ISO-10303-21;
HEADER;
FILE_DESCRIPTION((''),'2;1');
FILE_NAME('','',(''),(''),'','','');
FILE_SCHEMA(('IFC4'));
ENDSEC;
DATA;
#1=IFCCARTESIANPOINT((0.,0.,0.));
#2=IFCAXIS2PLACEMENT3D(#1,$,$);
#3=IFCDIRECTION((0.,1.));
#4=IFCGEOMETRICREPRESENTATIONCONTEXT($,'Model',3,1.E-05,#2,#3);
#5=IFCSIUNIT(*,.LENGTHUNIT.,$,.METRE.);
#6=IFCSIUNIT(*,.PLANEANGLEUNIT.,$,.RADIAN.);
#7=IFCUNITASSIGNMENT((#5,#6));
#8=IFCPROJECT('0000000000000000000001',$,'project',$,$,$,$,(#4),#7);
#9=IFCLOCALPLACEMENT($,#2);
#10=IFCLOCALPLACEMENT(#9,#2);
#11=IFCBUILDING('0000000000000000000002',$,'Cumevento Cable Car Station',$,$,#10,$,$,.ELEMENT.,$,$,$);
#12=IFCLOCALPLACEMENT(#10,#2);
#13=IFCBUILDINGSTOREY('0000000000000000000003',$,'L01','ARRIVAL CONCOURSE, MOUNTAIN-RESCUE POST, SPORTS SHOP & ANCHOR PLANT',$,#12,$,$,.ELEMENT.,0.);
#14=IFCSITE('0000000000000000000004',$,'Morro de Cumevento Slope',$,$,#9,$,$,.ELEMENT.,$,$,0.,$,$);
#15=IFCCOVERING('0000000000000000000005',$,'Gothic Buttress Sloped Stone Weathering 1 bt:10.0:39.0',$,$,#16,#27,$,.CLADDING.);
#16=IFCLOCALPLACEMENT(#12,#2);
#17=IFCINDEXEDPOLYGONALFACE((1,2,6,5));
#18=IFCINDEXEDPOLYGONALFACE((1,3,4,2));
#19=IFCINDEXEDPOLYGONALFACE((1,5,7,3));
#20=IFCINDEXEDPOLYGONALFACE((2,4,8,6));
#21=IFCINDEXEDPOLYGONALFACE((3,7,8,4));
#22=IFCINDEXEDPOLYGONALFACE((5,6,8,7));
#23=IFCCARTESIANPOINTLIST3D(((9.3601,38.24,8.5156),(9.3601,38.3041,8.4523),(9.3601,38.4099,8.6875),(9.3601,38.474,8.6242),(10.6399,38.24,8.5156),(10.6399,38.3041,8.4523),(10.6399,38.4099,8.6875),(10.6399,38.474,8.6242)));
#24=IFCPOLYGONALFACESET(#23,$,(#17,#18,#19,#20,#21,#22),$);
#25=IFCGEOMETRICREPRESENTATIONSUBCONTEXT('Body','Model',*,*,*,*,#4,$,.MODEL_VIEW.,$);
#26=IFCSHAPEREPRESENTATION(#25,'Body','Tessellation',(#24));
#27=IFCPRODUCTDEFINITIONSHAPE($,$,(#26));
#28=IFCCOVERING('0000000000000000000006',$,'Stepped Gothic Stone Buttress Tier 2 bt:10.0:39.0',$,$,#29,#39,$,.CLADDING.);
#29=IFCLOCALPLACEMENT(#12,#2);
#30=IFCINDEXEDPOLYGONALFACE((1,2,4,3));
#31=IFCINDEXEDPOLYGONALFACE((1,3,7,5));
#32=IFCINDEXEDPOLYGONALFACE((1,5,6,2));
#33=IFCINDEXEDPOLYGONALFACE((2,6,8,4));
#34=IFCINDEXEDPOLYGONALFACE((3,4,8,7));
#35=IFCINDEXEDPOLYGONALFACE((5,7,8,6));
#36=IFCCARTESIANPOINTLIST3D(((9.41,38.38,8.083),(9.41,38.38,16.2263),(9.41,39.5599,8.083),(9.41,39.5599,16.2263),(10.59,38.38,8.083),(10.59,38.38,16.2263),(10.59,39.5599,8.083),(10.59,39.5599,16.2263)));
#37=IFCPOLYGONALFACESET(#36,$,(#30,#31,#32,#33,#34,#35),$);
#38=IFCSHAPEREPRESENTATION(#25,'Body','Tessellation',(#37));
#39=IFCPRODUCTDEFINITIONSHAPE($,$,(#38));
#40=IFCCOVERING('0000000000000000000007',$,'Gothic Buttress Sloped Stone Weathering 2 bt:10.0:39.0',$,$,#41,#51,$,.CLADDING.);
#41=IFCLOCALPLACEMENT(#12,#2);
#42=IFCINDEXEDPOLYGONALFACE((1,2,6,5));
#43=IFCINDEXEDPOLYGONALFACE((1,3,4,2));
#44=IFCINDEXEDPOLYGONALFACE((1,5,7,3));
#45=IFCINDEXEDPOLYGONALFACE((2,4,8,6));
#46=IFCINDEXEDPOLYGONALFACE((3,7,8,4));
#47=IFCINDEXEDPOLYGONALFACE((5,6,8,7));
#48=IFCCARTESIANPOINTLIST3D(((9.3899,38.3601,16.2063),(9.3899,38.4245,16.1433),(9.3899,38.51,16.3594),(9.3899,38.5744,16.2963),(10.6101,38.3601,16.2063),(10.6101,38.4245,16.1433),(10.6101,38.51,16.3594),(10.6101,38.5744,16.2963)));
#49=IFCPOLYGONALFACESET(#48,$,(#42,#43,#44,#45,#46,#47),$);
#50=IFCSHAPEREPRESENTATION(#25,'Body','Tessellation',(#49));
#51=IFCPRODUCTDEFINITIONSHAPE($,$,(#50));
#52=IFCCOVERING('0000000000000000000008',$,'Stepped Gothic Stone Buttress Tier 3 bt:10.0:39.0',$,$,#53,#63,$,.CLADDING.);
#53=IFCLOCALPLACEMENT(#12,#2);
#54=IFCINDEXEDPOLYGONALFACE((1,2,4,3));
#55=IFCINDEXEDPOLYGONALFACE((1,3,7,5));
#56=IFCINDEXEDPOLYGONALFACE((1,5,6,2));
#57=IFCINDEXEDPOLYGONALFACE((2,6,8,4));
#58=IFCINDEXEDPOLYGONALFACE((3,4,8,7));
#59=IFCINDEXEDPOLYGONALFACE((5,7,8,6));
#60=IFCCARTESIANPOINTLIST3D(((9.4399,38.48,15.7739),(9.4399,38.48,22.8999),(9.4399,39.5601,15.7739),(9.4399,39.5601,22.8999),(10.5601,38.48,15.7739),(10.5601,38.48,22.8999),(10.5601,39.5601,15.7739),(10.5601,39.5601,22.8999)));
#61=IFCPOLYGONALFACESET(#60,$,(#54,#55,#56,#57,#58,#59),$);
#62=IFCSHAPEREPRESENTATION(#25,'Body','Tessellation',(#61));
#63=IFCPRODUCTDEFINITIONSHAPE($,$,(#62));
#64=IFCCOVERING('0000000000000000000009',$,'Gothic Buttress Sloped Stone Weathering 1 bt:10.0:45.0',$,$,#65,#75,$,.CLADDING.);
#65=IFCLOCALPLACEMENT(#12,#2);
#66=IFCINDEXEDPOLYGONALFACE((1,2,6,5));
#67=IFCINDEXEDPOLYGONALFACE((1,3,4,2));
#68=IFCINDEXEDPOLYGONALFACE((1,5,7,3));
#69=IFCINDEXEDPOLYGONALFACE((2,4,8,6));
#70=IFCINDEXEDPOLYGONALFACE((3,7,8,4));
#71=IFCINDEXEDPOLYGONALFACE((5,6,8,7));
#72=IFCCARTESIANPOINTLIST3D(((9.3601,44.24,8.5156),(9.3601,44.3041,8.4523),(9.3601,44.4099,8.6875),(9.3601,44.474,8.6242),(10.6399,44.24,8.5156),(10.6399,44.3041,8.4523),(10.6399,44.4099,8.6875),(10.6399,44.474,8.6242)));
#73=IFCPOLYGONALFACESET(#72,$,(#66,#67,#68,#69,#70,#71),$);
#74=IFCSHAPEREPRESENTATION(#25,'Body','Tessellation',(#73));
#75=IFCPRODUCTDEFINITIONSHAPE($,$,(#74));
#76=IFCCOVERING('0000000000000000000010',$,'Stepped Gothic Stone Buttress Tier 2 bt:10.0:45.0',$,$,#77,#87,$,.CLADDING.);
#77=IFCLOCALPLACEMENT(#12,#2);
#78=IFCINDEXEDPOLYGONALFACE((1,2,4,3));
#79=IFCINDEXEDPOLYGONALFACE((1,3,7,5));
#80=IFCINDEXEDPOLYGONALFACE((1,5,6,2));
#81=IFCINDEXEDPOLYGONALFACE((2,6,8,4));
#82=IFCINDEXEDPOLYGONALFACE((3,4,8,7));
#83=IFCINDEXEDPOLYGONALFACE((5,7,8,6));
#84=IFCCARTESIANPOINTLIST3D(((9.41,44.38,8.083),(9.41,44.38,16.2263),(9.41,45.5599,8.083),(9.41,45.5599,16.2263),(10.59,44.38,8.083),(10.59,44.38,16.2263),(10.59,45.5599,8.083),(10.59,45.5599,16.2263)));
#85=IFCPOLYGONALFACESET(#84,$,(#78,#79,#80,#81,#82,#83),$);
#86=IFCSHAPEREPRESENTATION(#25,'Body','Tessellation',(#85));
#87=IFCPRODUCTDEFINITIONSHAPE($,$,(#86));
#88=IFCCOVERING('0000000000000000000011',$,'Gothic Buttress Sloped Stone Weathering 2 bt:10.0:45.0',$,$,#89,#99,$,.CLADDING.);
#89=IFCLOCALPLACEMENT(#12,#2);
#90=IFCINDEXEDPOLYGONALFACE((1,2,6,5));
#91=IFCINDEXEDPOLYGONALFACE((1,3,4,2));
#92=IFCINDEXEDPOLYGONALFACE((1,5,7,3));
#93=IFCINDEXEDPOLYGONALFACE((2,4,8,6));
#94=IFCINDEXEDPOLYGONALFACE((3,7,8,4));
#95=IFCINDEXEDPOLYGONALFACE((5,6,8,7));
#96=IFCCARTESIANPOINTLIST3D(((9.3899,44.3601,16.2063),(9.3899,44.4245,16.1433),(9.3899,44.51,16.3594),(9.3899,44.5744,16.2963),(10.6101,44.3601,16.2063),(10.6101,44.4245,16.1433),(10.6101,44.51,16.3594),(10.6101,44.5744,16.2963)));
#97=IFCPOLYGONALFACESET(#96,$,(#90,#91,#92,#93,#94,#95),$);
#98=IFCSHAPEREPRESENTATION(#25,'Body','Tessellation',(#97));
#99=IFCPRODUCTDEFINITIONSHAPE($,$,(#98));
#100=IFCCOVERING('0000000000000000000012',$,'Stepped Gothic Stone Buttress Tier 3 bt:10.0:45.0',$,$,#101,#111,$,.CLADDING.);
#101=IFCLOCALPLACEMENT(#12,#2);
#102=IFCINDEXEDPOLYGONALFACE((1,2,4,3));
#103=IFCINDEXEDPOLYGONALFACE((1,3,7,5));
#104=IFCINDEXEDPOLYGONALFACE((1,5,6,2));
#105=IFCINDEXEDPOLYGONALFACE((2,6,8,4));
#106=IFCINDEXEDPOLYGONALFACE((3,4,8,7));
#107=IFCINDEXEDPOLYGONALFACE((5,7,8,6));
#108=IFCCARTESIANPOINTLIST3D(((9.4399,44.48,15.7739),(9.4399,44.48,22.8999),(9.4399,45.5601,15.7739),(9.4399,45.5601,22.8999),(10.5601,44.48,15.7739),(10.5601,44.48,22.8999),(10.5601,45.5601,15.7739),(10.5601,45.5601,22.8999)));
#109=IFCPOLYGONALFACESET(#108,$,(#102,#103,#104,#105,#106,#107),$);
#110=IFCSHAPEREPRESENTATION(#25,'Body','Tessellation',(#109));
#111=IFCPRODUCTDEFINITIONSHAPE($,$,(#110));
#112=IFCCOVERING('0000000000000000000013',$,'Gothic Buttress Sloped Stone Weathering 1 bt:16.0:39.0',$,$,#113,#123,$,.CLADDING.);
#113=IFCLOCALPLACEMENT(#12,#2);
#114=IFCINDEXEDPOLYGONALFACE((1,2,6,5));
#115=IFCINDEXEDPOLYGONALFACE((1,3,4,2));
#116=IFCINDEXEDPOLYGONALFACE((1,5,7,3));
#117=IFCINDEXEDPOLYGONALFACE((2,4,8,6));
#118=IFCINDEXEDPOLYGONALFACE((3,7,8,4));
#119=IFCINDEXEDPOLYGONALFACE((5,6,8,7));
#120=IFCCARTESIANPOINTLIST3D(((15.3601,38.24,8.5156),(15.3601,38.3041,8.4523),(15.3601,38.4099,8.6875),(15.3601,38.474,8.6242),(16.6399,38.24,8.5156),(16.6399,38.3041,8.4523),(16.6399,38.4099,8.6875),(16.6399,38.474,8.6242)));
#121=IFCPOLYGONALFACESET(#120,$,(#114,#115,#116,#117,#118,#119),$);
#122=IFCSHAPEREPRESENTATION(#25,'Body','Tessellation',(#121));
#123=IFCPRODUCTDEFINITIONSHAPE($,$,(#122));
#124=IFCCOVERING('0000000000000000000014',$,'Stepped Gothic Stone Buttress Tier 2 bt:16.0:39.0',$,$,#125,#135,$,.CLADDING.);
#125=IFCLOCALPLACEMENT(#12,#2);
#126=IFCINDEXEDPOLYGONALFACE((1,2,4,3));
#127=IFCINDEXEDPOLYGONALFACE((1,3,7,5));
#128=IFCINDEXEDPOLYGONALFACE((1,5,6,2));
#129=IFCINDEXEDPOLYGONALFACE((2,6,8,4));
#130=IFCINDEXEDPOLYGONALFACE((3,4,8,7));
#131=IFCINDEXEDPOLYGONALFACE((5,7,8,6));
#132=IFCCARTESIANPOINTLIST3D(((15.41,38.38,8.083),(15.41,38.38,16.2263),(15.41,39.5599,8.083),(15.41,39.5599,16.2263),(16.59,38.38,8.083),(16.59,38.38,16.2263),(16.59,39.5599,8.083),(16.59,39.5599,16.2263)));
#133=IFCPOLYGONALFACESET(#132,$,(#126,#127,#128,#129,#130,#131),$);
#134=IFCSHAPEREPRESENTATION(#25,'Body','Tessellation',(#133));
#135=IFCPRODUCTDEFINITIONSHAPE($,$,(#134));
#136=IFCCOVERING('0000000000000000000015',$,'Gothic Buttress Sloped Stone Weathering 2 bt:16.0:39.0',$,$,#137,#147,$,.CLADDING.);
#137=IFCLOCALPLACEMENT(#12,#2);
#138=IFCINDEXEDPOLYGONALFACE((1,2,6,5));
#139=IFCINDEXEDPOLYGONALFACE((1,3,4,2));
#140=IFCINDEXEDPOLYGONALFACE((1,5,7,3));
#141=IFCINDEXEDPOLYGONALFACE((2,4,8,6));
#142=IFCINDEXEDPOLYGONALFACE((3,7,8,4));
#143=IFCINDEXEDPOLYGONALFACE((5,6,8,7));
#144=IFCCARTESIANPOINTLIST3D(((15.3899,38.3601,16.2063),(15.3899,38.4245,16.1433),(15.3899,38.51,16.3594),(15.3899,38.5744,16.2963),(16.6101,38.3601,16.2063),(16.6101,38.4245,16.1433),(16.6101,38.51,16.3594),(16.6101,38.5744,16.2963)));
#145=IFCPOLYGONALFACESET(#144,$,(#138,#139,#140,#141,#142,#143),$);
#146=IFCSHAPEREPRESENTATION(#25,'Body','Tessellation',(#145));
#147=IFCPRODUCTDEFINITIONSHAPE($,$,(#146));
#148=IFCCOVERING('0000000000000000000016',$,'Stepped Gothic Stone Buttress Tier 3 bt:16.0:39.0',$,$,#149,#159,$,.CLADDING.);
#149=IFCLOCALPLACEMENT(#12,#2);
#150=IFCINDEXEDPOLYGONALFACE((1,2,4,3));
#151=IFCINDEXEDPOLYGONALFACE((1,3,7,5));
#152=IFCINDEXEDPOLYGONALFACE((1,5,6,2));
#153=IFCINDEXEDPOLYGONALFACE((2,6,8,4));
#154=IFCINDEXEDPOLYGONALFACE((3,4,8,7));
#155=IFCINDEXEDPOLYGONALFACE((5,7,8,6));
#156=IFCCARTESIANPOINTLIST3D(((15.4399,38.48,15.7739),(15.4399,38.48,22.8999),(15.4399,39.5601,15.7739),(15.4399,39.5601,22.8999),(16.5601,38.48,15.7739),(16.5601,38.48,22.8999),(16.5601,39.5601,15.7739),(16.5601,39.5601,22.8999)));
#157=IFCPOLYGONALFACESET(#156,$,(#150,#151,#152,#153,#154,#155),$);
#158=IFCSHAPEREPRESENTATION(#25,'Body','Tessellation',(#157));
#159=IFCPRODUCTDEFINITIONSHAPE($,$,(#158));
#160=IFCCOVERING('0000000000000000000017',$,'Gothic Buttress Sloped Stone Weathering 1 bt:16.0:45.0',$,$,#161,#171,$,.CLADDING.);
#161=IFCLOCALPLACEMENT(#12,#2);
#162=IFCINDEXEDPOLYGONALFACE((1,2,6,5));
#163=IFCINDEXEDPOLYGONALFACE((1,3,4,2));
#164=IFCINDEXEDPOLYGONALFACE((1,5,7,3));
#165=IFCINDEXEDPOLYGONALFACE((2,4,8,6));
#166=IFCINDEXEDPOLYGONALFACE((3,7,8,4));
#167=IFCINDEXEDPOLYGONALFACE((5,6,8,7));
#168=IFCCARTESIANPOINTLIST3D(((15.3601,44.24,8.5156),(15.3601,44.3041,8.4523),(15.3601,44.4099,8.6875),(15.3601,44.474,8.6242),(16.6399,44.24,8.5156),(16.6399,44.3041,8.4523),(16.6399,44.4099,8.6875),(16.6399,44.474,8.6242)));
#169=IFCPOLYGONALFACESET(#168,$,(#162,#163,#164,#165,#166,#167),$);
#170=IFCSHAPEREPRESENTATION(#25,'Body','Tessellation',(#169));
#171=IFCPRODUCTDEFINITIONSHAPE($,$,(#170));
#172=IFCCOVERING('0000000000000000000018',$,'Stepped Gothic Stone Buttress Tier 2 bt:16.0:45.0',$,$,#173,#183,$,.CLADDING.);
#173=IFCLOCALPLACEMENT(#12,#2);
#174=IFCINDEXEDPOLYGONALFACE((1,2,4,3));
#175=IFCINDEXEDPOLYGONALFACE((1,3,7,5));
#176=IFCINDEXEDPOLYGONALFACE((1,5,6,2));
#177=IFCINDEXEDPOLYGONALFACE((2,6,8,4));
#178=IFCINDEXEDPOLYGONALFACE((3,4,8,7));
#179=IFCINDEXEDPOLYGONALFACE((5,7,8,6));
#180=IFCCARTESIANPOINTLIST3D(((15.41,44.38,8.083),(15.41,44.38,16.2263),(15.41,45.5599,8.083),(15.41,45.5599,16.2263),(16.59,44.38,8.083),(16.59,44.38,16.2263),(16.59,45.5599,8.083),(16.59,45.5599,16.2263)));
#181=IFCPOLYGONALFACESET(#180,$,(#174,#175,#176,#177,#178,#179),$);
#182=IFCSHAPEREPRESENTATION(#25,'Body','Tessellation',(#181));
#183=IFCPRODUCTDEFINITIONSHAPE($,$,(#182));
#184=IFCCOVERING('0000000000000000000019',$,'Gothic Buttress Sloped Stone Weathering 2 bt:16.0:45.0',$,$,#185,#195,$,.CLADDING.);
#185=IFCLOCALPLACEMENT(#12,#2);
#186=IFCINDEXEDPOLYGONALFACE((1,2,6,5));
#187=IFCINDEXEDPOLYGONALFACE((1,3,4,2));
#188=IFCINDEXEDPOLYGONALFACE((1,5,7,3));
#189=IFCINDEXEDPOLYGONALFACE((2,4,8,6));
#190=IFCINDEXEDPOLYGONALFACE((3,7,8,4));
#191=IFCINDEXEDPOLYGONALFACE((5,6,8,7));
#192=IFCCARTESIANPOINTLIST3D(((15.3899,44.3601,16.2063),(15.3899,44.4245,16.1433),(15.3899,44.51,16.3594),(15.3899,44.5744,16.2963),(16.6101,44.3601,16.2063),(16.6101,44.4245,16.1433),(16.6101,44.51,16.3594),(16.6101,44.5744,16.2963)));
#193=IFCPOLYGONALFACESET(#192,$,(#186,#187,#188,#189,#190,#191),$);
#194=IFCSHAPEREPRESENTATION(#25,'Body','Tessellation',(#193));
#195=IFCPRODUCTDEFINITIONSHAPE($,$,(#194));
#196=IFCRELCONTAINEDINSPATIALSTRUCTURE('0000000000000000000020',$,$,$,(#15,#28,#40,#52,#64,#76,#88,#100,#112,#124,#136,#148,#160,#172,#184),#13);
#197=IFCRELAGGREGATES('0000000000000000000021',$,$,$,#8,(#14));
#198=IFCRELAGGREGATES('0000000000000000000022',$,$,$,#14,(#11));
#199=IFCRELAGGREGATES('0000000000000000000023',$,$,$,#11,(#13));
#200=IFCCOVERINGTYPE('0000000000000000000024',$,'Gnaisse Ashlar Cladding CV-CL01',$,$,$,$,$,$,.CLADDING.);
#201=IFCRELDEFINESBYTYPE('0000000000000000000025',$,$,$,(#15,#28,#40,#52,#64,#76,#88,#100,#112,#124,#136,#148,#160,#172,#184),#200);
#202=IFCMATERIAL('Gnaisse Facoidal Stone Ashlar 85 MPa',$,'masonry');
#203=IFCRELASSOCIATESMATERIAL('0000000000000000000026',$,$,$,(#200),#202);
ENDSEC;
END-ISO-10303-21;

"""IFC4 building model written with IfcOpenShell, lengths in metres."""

from ifc_helpers import new_model, si_unit, direction, frame, origin, origin_2d, place, context, subcontext, project, spatial, polyline, rectangle, outline, extrude, material, type_object, element, save


model = new_model("IFC4")

# Units and contexts
model_context = context("Model", 3, precision=1e-05, world=origin(), true_north=direction((0.0, 1.0)))
body_context = subcontext(model_context, "Body", "Model", "MODEL_VIEW")
ifc_project = project(units=[si_unit("LENGTHUNIT", "METRE"), si_unit("PLANEANGLEUNIT", "RADIAN")], contexts=[model_context])

# Site, building, storey
site_placement = place(None, origin())
site = spatial("IfcSite", under=ifc_project, at=site_placement, Name="Morro de Cumevento Slope", CompositionType="ELEMENT", RefElevation=0.0)
building_placement = place(site_placement, origin())
building = spatial("IfcBuilding", under=site, at=building_placement, Name="Cumevento Cable Car Station", CompositionType="ELEMENT")
storey_placement = place(building_placement, origin())
storey = spatial("IfcBuildingStorey", under=building, at=storey_placement, Name="L01", Description="ARRIVAL CONCOURSE, MOUNTAIN-RESCUE POST, SPORTS SHOP & ANCHOR PLANT", CompositionType="ELEMENT", Elevation=0.0)

# Coverings
ifc_material = material(Name="Gnaisse Facoidal Stone Ashlar 85 MPa", Category="masonry")
covering_type = type_object("IfcCoveringType", Name="Gnaisse Ashlar Cladding CV-CL01", PredefinedType="CLADDING", material=ifc_material)
covering_1_placement = place(storey_placement, frame((9.3601, 38.24, 8.5156), z_axis=(0.0, -0.711136, 0.703055), x_axis=(1.0, 0.0, 0.0)))
element("IfcCovering", 1, at=covering_1_placement, inside=storey, type_object=covering_type, Name="Gothic Buttress Sloped Stone Weathering 1 bt:10.0:39.0", PredefinedType="CLADDING", context=body_context, shape_type="SweptSolid", body=[
    extrude(outline(polyline([(0.0, 0.0), (1.2798, 0.0), (1.2798, 0.2417), (0.0, 0.2417), (0.0, 0.0)])), origin(), (0.0, 0.0, -1.0), 0.0901),
])
covering_2_placement = place(storey_placement, frame((10.0, 38.97, 8.083), z_axis=(0.0, 0.0, 1.0), x_axis=(1.0, 0.0, 0.0)))
element("IfcCovering", 2, at=covering_2_placement, inside=storey, type_object=covering_type, Name="Stepped Gothic Stone Buttress Tier 2 bt:10.0:39.0", PredefinedType="CLADDING", context=body_context, shape_type="SweptSolid", body=[
    extrude(rectangle(XDim=1.1799, YDim=1.1799, at=origin_2d()), origin(), (0.0, 0.0, 1.0), 8.1433),
])
covering_3_placement = place(storey_placement, frame((9.3899, 38.3601, 16.2063), z_axis=(0.0, -0.714475, 0.699661), x_axis=(1.0, 0.0, 0.0)))
element("IfcCovering", 3, at=covering_3_placement, inside=storey, type_object=covering_type, Name="Gothic Buttress Sloped Stone Weathering 2 bt:10.0:39.0", PredefinedType="CLADDING", context=body_context, shape_type="SweptSolid", body=[
    extrude(outline(polyline([(0.0, 0.0), (1.2202, 0.0), (1.2202, 0.2142), (0.0, 0.2142), (0.0, 0.0)])), origin(), (0.0, 0.0, -1.0), 0.0901),
])
covering_4_placement = place(storey_placement, frame((10.0, 39.02, 15.7739), z_axis=(0.0, 0.0, 1.0), x_axis=(1.0, 0.0, 0.0)))
element("IfcCovering", 4, at=covering_4_placement, inside=storey, type_object=covering_type, Name="Stepped Gothic Stone Buttress Tier 3 bt:10.0:39.0", PredefinedType="CLADDING", context=body_context, shape_type="SweptSolid", body=[
    extrude(rectangle(XDim=1.1201, YDim=1.0801, at=origin_2d()), origin(), (0.0, 0.0, 1.0), 7.126),
])
covering_5_placement = place(storey_placement, frame((9.3601, 44.24, 8.5156), z_axis=(0.0, -0.711136, 0.703055), x_axis=(1.0, 0.0, 0.0)))
element("IfcCovering", 5, at=covering_5_placement, inside=storey, type_object=covering_type, Name="Gothic Buttress Sloped Stone Weathering 1 bt:10.0:45.0", PredefinedType="CLADDING", context=body_context, shape_type="SweptSolid", body=[
    extrude(outline(polyline([(0.0, 0.0), (1.2798, 0.0), (1.2798, 0.2417), (0.0, 0.2417), (0.0, 0.0)])), origin(), (0.0, 0.0, -1.0), 0.0901),
])
covering_6_placement = place(storey_placement, frame((10.0, 44.97, 8.083), z_axis=(0.0, 0.0, 1.0), x_axis=(1.0, 0.0, 0.0)))
element("IfcCovering", 6, at=covering_6_placement, inside=storey, type_object=covering_type, Name="Stepped Gothic Stone Buttress Tier 2 bt:10.0:45.0", PredefinedType="CLADDING", context=body_context, shape_type="SweptSolid", body=[
    extrude(rectangle(XDim=1.1799, YDim=1.1799, at=origin_2d()), origin(), (0.0, 0.0, 1.0), 8.1433),
])
covering_7_placement = place(storey_placement, frame((9.3899, 44.3601, 16.2063), z_axis=(0.0, -0.714475, 0.699661), x_axis=(1.0, 0.0, 0.0)))
element("IfcCovering", 7, at=covering_7_placement, inside=storey, type_object=covering_type, Name="Gothic Buttress Sloped Stone Weathering 2 bt:10.0:45.0", PredefinedType="CLADDING", context=body_context, shape_type="SweptSolid", body=[
    extrude(outline(polyline([(0.0, 0.0), (1.2202, 0.0), (1.2202, 0.2142), (0.0, 0.2142), (0.0, 0.0)])), origin(), (0.0, 0.0, -1.0), 0.0901),
])
covering_8_placement = place(storey_placement, frame((10.0, 45.02, 15.7739), z_axis=(0.0, 0.0, 1.0), x_axis=(1.0, 0.0, 0.0)))
element("IfcCovering", 8, at=covering_8_placement, inside=storey, type_object=covering_type, Name="Stepped Gothic Stone Buttress Tier 3 bt:10.0:45.0", PredefinedType="CLADDING", context=body_context, shape_type="SweptSolid", body=[
    extrude(rectangle(XDim=1.1201, YDim=1.0801, at=origin_2d()), origin(), (0.0, 0.0, 1.0), 7.126),
])
covering_9_placement = place(storey_placement, frame((15.3601, 38.24, 8.5156), z_axis=(0.0, -0.711136, 0.703055), x_axis=(1.0, 0.0, 0.0)))
element("IfcCovering", 9, at=covering_9_placement, inside=storey, type_object=covering_type, Name="Gothic Buttress Sloped Stone Weathering 1 bt:16.0:39.0", PredefinedType="CLADDING", context=body_context, shape_type="SweptSolid", body=[
    extrude(outline(polyline([(0.0, 0.0), (1.2798, 0.0), (1.2798, 0.2417), (0.0, 0.2417), (0.0, 0.0)])), origin(), (0.0, 0.0, -1.0), 0.0901),
])
covering_10_placement = place(storey_placement, frame((16.0, 38.97, 8.083), z_axis=(0.0, 0.0, 1.0), x_axis=(1.0, 0.0, 0.0)))
element("IfcCovering", 10, at=covering_10_placement, inside=storey, type_object=covering_type, Name="Stepped Gothic Stone Buttress Tier 2 bt:16.0:39.0", PredefinedType="CLADDING", context=body_context, shape_type="SweptSolid", body=[
    extrude(rectangle(XDim=1.1799, YDim=1.1799, at=origin_2d()), origin(), (0.0, 0.0, 1.0), 8.1433),
])
covering_11_placement = place(storey_placement, frame((15.3899, 38.3601, 16.2063), z_axis=(0.0, -0.714475, 0.699661), x_axis=(1.0, 0.0, 0.0)))
element("IfcCovering", 11, at=covering_11_placement, inside=storey, type_object=covering_type, Name="Gothic Buttress Sloped Stone Weathering 2 bt:16.0:39.0", PredefinedType="CLADDING", context=body_context, shape_type="SweptSolid", body=[
    extrude(outline(polyline([(0.0, 0.0), (1.2202, 0.0), (1.2202, 0.2142), (0.0, 0.2142), (0.0, 0.0)])), origin(), (0.0, 0.0, -1.0), 0.0901),
])
covering_12_placement = place(storey_placement, frame((16.0, 39.02, 15.7739), z_axis=(0.0, 0.0, 1.0), x_axis=(1.0, 0.0, 0.0)))
element("IfcCovering", 12, at=covering_12_placement, inside=storey, type_object=covering_type, Name="Stepped Gothic Stone Buttress Tier 3 bt:16.0:39.0", PredefinedType="CLADDING", context=body_context, shape_type="SweptSolid", body=[
    extrude(rectangle(XDim=1.1201, YDim=1.0801, at=origin_2d()), origin(), (0.0, 0.0, 1.0), 7.126),
])
covering_13_placement = place(storey_placement, frame((15.3601, 44.24, 8.5156), z_axis=(0.0, -0.711136, 0.703055), x_axis=(1.0, 0.0, 0.0)))
element("IfcCovering", 13, at=covering_13_placement, inside=storey, type_object=covering_type, Name="Gothic Buttress Sloped Stone Weathering 1 bt:16.0:45.0", PredefinedType="CLADDING", context=body_context, shape_type="SweptSolid", body=[
    extrude(outline(polyline([(0.0, 0.0), (1.2798, 0.0), (1.2798, 0.2417), (0.0, 0.2417), (0.0, 0.0)])), origin(), (0.0, 0.0, -1.0), 0.0901),
])
covering_14_placement = place(storey_placement, frame((16.0, 44.97, 8.083), z_axis=(0.0, 0.0, 1.0), x_axis=(1.0, 0.0, 0.0)))
element("IfcCovering", 14, at=covering_14_placement, inside=storey, type_object=covering_type, Name="Stepped Gothic Stone Buttress Tier 2 bt:16.0:45.0", PredefinedType="CLADDING", context=body_context, shape_type="SweptSolid", body=[
    extrude(rectangle(XDim=1.1799, YDim=1.1799, at=origin_2d()), origin(), (0.0, 0.0, 1.0), 8.1433),
])
covering_15_placement = place(storey_placement, frame((15.3899, 44.3601, 16.2063), z_axis=(0.0, -0.714475, 0.699661), x_axis=(1.0, 0.0, 0.0)))
element("IfcCovering", 15, at=covering_15_placement, inside=storey, type_object=covering_type, Name="Gothic Buttress Sloped Stone Weathering 2 bt:16.0:45.0", PredefinedType="CLADDING", context=body_context, shape_type="SweptSolid", body=[
    extrude(outline(polyline([(0.0, 0.0), (1.2202, 0.0), (1.2202, 0.2142), (0.0, 0.2142), (0.0, 0.0)])), origin(), (0.0, 0.0, -1.0), 0.0901),
])

save(model, "model.ifc")
